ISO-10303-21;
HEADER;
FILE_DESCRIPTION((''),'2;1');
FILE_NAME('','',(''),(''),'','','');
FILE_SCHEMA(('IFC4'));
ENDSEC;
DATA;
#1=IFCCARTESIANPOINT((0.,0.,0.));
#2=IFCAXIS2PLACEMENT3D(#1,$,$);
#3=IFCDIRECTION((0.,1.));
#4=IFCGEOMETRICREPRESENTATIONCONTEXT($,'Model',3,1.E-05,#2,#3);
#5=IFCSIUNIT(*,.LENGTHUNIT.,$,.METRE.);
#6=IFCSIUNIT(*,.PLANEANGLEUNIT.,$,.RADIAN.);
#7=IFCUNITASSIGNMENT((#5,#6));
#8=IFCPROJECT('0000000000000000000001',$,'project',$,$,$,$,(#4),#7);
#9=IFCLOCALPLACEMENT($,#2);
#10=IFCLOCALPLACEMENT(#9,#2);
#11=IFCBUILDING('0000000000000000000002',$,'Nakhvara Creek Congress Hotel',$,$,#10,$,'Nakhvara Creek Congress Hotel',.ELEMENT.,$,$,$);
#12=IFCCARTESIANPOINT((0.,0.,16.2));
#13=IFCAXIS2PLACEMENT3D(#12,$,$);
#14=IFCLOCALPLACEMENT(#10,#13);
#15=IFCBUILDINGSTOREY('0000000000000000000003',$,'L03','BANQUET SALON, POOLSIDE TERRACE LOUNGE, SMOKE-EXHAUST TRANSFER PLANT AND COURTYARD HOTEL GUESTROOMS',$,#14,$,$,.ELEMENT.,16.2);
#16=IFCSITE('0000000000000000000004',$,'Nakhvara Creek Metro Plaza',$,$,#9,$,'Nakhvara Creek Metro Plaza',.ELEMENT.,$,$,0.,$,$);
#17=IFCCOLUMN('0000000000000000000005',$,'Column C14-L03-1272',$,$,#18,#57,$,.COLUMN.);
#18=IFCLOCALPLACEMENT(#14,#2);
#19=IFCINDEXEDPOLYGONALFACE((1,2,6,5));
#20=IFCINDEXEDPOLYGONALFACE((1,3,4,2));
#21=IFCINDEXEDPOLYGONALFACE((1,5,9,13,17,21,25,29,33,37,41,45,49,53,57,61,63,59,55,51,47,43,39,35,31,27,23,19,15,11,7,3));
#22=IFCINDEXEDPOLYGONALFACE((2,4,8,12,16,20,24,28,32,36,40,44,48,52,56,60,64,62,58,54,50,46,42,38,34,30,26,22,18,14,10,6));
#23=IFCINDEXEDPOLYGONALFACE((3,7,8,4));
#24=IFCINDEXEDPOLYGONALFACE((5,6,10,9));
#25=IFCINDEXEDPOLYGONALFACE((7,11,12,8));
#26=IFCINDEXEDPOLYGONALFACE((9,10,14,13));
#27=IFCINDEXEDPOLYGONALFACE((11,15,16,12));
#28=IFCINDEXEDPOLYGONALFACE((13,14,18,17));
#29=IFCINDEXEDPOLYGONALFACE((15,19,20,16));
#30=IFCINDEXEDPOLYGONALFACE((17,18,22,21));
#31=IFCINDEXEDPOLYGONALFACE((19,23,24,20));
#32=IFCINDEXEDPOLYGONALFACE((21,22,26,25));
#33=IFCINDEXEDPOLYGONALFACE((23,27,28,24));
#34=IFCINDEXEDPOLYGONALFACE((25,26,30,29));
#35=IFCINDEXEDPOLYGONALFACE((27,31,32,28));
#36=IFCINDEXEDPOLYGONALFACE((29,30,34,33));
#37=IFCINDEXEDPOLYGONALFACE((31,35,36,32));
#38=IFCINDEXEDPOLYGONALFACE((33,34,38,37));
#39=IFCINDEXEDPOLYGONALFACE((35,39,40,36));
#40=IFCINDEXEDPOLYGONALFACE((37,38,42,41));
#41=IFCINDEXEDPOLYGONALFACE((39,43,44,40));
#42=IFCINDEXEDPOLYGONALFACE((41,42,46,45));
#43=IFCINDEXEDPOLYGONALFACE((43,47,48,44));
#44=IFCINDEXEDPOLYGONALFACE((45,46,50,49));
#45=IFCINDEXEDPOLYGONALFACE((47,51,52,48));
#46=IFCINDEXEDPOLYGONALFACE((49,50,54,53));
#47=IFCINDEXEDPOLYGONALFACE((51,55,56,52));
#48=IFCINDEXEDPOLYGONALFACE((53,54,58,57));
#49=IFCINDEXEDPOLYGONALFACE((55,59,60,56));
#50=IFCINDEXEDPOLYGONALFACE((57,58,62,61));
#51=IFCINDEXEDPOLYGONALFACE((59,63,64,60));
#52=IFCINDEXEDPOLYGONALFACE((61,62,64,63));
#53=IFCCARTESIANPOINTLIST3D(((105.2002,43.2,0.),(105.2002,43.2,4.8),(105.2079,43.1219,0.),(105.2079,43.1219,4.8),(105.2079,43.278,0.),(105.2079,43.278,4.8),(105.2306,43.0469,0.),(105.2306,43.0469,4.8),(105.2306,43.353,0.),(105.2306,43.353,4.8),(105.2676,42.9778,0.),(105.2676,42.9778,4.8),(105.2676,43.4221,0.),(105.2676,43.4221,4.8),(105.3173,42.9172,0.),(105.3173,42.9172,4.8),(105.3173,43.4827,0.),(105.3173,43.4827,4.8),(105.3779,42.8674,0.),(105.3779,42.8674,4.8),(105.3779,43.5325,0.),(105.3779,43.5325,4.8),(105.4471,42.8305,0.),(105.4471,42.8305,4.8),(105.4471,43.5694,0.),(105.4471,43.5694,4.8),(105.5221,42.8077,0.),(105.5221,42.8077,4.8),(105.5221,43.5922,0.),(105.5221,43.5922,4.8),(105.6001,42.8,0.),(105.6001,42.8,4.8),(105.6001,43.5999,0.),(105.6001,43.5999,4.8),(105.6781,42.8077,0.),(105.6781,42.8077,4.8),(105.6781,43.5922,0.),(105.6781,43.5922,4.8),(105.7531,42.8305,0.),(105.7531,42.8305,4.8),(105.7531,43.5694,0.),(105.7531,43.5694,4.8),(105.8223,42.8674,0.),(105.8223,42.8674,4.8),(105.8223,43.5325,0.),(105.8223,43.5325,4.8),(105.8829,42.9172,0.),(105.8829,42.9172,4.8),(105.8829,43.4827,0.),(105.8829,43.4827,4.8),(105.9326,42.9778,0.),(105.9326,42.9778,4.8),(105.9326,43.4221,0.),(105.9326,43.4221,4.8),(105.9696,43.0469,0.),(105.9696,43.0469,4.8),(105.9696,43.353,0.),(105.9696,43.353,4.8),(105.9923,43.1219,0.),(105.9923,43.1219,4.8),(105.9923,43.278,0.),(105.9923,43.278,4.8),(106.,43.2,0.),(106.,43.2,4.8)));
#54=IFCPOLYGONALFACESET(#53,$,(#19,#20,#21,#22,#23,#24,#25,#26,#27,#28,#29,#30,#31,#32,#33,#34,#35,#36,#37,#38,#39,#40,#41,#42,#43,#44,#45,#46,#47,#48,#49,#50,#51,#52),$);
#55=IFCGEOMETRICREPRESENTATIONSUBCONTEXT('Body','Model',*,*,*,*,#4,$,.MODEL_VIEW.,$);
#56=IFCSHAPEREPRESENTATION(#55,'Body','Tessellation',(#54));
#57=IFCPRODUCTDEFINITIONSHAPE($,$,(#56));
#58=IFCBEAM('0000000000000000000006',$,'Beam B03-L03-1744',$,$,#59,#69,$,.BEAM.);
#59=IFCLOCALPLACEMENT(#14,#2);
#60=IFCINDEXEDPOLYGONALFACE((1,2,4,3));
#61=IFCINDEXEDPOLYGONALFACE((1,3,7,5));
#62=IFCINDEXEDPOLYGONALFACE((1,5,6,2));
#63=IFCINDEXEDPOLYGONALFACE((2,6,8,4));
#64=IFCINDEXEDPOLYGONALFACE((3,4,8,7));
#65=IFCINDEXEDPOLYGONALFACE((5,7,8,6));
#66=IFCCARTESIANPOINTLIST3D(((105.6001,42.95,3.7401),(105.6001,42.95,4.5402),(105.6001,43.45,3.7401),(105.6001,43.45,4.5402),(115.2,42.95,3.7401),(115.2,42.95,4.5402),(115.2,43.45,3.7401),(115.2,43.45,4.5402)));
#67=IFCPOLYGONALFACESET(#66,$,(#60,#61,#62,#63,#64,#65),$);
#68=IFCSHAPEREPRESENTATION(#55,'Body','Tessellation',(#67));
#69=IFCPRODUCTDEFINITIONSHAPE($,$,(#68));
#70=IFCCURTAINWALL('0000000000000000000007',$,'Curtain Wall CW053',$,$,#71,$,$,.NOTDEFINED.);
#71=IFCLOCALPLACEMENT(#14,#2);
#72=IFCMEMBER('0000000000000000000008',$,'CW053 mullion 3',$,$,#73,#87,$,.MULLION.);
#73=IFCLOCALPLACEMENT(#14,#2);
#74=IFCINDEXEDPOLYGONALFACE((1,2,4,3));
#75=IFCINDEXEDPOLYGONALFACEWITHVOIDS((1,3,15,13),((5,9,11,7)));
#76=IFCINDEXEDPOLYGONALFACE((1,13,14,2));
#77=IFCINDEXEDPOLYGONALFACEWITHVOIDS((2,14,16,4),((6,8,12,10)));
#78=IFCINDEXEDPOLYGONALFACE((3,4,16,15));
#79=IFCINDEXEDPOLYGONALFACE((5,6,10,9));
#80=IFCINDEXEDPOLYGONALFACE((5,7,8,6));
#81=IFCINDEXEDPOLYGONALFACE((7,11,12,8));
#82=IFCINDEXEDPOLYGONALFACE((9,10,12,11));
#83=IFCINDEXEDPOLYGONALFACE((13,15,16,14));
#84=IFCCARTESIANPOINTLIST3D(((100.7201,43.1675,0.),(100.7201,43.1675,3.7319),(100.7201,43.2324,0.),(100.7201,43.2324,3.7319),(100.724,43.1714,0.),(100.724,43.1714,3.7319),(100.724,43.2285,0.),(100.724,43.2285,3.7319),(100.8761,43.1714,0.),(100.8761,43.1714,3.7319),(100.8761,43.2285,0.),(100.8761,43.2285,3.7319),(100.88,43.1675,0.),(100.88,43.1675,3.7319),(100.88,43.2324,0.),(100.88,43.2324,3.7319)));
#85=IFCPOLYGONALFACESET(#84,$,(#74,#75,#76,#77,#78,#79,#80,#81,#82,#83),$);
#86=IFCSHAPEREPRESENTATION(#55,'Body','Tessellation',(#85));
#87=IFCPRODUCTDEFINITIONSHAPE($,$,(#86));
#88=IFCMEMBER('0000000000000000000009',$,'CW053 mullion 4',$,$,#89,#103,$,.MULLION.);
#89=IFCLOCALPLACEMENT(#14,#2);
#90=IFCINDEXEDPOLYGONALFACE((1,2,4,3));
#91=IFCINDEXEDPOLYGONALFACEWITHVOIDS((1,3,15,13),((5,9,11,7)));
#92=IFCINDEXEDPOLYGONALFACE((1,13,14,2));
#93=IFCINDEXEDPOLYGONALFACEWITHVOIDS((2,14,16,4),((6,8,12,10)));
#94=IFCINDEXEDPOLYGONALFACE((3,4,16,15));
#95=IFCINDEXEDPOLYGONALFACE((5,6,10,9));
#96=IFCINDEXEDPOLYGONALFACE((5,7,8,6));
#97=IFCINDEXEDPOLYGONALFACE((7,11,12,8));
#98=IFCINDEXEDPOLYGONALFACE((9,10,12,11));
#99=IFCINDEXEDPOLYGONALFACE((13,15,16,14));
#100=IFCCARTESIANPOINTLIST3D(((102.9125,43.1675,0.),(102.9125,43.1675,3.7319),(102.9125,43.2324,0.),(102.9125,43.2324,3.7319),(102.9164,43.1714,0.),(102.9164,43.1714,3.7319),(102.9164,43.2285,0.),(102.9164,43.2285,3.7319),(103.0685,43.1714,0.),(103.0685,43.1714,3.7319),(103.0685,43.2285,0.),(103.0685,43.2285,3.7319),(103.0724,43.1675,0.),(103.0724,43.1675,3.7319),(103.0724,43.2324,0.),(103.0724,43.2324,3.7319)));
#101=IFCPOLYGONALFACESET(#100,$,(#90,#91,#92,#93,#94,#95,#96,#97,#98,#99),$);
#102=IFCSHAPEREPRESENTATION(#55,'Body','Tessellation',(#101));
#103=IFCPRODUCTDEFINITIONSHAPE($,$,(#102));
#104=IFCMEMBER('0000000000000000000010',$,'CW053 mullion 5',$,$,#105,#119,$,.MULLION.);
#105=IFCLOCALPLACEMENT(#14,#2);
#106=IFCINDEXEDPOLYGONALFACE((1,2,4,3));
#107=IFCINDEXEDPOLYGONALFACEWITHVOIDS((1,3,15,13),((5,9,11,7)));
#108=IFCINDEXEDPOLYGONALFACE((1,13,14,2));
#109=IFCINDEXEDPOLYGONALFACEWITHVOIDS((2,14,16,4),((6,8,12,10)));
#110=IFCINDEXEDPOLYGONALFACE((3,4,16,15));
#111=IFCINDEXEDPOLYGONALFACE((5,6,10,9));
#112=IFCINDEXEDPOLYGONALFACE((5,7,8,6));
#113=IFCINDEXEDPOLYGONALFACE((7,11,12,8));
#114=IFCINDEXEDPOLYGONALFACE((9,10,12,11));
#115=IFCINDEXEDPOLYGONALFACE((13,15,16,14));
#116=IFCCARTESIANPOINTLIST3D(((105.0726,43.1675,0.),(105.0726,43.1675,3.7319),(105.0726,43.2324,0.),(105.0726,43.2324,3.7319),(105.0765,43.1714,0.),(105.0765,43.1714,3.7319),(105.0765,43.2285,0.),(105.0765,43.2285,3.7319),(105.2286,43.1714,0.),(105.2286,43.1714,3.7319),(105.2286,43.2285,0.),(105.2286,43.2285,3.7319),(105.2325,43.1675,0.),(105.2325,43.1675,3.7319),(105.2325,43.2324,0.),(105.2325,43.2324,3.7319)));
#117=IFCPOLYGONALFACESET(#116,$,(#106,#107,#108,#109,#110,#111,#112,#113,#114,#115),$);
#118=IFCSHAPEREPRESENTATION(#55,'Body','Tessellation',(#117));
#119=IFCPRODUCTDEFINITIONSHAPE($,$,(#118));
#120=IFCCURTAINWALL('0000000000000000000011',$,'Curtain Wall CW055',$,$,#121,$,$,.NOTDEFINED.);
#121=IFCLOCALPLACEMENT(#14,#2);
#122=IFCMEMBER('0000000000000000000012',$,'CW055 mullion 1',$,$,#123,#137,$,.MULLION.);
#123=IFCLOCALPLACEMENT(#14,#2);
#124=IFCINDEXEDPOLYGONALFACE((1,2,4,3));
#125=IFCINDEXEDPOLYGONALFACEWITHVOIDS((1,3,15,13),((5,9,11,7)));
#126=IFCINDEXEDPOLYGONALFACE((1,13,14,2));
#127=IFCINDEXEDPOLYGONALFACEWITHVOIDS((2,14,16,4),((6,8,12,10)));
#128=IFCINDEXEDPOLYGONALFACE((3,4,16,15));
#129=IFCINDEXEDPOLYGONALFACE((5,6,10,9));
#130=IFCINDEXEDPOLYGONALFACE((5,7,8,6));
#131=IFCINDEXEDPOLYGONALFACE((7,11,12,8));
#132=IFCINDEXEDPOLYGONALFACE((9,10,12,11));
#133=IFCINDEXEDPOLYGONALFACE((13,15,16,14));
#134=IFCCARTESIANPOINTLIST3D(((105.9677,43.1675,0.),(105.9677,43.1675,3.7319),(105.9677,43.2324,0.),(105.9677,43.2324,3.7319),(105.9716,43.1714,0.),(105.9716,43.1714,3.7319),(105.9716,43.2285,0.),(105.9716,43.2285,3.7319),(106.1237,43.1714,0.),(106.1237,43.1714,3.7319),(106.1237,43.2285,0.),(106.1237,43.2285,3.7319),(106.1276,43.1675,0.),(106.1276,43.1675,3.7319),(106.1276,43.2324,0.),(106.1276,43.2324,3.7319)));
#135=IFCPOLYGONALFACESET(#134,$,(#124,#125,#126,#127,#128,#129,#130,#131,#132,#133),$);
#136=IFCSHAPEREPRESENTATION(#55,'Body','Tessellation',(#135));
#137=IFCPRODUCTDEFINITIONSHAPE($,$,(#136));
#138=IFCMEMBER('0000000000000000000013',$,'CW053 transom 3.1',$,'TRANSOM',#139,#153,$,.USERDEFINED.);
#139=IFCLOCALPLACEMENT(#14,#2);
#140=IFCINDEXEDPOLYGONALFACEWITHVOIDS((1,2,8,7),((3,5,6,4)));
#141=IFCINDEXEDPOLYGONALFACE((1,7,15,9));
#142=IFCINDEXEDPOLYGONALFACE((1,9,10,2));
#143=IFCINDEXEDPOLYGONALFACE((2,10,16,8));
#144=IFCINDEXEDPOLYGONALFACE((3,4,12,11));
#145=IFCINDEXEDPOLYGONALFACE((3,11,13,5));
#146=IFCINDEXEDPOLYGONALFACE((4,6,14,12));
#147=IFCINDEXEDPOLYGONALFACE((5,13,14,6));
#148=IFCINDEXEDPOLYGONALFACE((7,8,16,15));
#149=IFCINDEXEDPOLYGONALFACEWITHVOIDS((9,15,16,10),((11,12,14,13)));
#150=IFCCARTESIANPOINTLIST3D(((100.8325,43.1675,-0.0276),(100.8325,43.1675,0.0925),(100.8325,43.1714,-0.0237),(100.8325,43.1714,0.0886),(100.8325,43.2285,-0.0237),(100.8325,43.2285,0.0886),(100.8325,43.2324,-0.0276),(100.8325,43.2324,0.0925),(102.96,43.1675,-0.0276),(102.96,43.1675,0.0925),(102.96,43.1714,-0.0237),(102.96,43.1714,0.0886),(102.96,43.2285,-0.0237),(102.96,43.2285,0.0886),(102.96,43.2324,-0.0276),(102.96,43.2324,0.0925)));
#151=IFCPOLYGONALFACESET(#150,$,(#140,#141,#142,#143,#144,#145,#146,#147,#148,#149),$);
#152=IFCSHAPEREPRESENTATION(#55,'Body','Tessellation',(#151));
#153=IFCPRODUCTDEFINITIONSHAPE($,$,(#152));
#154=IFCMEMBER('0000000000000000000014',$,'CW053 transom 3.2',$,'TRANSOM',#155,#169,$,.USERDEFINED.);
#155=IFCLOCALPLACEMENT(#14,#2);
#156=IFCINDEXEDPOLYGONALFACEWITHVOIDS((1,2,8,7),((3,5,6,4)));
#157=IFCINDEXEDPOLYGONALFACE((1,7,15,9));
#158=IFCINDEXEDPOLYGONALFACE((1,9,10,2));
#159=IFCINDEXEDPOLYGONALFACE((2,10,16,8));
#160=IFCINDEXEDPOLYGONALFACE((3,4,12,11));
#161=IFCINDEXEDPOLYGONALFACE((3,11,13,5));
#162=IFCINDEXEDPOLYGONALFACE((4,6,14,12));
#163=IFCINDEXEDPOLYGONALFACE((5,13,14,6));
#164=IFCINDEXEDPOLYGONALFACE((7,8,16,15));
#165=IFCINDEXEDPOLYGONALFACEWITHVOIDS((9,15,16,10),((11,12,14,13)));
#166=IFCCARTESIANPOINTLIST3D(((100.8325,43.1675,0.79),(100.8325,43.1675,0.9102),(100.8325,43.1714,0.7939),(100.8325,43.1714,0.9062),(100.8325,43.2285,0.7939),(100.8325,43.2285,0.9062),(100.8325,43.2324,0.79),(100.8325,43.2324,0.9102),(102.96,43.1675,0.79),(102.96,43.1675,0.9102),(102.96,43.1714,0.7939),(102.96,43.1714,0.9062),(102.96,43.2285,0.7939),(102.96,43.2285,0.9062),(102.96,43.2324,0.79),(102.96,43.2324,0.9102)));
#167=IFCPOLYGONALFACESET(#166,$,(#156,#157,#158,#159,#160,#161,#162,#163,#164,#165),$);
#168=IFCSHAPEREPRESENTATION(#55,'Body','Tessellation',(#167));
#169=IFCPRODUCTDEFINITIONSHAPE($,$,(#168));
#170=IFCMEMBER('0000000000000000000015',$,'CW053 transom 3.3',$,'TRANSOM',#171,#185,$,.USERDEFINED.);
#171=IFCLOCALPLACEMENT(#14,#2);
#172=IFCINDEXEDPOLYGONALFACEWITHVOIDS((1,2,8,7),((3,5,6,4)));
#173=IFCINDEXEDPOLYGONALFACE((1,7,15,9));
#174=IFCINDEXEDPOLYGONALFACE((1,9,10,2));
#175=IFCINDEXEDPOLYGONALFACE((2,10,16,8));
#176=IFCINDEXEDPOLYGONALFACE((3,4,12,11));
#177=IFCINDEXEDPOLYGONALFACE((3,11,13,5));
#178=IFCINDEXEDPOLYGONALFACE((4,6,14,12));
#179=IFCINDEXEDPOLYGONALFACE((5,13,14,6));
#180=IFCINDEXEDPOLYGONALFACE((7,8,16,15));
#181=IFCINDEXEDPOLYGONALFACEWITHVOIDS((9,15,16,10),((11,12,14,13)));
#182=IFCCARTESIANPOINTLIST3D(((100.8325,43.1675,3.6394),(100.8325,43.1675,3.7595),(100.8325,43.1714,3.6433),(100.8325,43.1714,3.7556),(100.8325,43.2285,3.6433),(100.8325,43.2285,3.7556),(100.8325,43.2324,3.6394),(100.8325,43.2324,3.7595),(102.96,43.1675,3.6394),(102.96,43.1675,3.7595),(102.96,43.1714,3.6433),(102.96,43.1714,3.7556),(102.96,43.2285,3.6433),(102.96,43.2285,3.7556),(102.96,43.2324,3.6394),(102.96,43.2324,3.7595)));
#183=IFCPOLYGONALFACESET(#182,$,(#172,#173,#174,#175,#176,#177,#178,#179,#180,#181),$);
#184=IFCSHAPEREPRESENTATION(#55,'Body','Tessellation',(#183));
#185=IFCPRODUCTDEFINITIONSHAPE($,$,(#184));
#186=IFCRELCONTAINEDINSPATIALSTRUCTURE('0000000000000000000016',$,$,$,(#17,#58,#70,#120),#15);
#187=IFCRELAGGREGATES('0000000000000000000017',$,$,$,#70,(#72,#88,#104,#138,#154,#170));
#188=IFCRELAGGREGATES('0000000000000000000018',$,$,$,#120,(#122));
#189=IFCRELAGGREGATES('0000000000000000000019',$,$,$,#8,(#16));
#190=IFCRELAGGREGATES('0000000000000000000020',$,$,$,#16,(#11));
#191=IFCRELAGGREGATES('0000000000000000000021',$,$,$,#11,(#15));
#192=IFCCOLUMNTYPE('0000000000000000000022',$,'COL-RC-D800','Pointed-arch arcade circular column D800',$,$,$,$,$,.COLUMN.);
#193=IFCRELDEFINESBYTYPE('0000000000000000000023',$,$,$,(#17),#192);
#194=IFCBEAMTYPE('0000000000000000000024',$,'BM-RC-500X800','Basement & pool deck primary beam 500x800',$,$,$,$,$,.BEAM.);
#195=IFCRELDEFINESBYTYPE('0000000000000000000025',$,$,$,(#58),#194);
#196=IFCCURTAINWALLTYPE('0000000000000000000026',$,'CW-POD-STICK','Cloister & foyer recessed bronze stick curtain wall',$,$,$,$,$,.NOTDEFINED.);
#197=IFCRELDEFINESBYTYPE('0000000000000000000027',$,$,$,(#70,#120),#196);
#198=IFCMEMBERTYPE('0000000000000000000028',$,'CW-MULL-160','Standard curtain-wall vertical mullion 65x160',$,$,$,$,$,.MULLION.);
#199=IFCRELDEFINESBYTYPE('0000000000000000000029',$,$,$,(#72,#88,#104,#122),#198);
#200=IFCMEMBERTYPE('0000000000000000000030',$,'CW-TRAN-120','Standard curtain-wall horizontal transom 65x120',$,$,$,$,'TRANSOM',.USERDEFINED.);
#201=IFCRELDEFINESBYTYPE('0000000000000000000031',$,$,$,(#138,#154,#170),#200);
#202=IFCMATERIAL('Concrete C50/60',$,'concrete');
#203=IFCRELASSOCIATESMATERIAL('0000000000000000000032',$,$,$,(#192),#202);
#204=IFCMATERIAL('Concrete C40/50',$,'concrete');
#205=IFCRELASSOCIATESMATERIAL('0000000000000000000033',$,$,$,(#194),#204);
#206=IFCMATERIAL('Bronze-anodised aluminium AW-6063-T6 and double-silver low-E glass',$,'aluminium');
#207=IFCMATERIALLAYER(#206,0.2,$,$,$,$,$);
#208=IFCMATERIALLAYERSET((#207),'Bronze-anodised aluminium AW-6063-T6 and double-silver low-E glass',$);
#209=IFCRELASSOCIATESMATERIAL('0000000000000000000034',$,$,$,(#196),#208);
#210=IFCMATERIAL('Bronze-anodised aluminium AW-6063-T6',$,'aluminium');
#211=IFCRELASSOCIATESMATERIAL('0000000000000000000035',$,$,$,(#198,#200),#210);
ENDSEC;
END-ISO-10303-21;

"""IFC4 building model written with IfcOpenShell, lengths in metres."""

from ifc_helpers import new_model, si_unit, direction, frame, origin, origin_2d, place, context, subcontext, project, spatial, rectangle, hollow_rectangle, circle, extrude, material, layer, layer_set, material_profile, profile_set, type_object, element, aggregate, save


model = new_model("IFC4")

# Units and contexts
model_context = context("Model", 3, precision=1e-05, world=origin(), true_north=direction((0.0, 1.0)))
body_context = subcontext(model_context, "Body", "Model", "MODEL_VIEW")
ifc_project = project(units=[si_unit("LENGTHUNIT", "METRE"), si_unit("PLANEANGLEUNIT", "RADIAN")], contexts=[model_context])

# Site, building, storey
site_placement = place(None, origin())
site = spatial("IfcSite", under=ifc_project, at=site_placement, Name="Nakhvara Creek Metro Plaza", LongName="Nakhvara Creek Metro Plaza", CompositionType="ELEMENT", RefElevation=0.0)
building_placement = place(site_placement, origin())
building = spatial("IfcBuilding", under=site, at=building_placement, Name="Nakhvara Creek Congress Hotel", LongName="Nakhvara Creek Congress Hotel", CompositionType="ELEMENT")
storey_placement = place(building_placement, frame((0.0, 0.0, 16.2)))
storey = spatial("IfcBuildingStorey", under=building, at=storey_placement, Name="L03", Description="BANQUET SALON, POOLSIDE TERRACE LOUNGE, SMOKE-EXHAUST TRANSFER PLANT AND COURTYARD HOTEL GUESTROOMS", CompositionType="ELEMENT", Elevation=16.2)

# Column
ifc_material_1 = material(Name="Concrete C50/60", Category="concrete")
ifc_material_profile_1 = material_profile(ifc_material_1, circle(Radius=0.3999, at=origin_2d()), Name="RC-COL D800", Category="LoadBearing")
ifc_profile_set_1 = profile_set([ifc_material_profile_1], Name="Concrete C50/60")
column_type = type_object("IfcColumnType", Name="COL-RC-D800", Description="Pointed-arch arcade circular column D800", PredefinedType="COLUMN", material=ifc_profile_set_1)
column_placement = place(storey_placement, frame((105.6001, 43.2, 0.0), z_axis=(0.0, 0.0, 1.0), x_axis=(1.0, 0.0, 0.0)))
element("IfcColumn", 1, at=column_placement, inside=storey, type_object=column_type, Name="Column C14-L03-1272", PredefinedType="COLUMN", context=body_context, shape_type="SweptSolid", body=[
    extrude(circle(Radius=0.3999, at=origin_2d()), origin(), (0.0, 0.0, 1.0), 4.8),
])

# Beam
ifc_material_2 = material(Name="Concrete C40/50", Category="concrete")
ifc_material_profile_2 = material_profile(ifc_material_2, rectangle(XDim=0.5, YDim=0.8, at=origin_2d()), Name="RC-BM 500x800", Category="LoadBearing")
ifc_profile_set_2 = profile_set([ifc_material_profile_2], Name="Concrete C40/50")
beam_type = type_object("IfcBeamType", Name="BM-RC-500X800", Description="Basement & pool deck primary beam 500x800", PredefinedType="BEAM", material=ifc_profile_set_2)
beam_placement = place(storey_placement, frame((105.6001, 43.2, 4.1401), z_axis=(1.0, 0.0, 0.0), x_axis=(0.0, 1.0, 0.0)))
element("IfcBeam", 2, at=beam_placement, inside=storey, type_object=beam_type, Name="Beam B03-L03-1744", PredefinedType="BEAM", context=body_context, shape_type="SweptSolid", body=[
    extrude(rectangle(XDim=0.5, YDim=0.8, at=origin_2d()), origin(), (0.0, 0.0, 1.0), 9.5999),
])

# Curtain wall, members
ifc_material_3 = material(Name="Bronze-anodised aluminium AW-6063-T6 and double-silver low-E glass", Category="aluminium")
ifc_layer = layer(ifc_material_3, 0.2)
ifc_layer_set = layer_set([ifc_layer], Name="Bronze-anodised aluminium AW-6063-T6 and double-silver low-E glass")
curtain_wall_type = type_object("IfcCurtainWallType", Name="CW-POD-STICK", Description="Cloister & foyer recessed bronze stick curtain wall", PredefinedType="NOTDEFINED", material=ifc_layer_set)
curtain_wall_1_placement = place(storey_placement, origin())
curtain_wall_1 = element("IfcCurtainWall", 3, at=curtain_wall_1_placement, inside=storey, type_object=curtain_wall_type, Name="Curtain Wall CW053", PredefinedType="NOTDEFINED")
ifc_material_4 = material(Name="Bronze-anodised aluminium AW-6063-T6", Category="aluminium")
ifc_material_profile_3 = material_profile(ifc_material_4, hollow_rectangle(XDim=0.0649, YDim=0.1599, WallThickness=0.0039, at=origin_2d()), Name="ALU-MULL 65x160x4", Category="LoadBearing")
ifc_profile_set_3 = profile_set([ifc_material_profile_3], Name="Bronze-anodised aluminium AW-6063-T6")
member_type_1 = type_object("IfcMemberType", Name="CW-MULL-160", Description="Standard curtain-wall vertical mullion 65x160", PredefinedType="MULLION", material=ifc_profile_set_3)
member_1_placement = place(storey_placement, frame((100.8, 43.2, 0.0), z_axis=(0.0, 0.0, 1.0), x_axis=(0.0, 1.0, 0.0)))
member_1 = element("IfcMember", 4, at=member_1_placement, type_object=member_type_1, Name="CW053 mullion 3", PredefinedType="MULLION", context=body_context, shape_type="SweptSolid", body=[
    extrude(hollow_rectangle(XDim=0.0649, YDim=0.1599, WallThickness=0.0039, at=origin_2d()), origin(), (0.0, 0.0, 1.0), 3.7319),
])
member_2_placement = place(storey_placement, frame((102.9924, 43.2, 0.0), z_axis=(0.0, 0.0, 1.0), x_axis=(0.0, 1.0, 0.0)))
member_2 = element("IfcMember", 5, at=member_2_placement, type_object=member_type_1, Name="CW053 mullion 4", PredefinedType="MULLION", context=body_context, shape_type="SweptSolid", body=[
    extrude(hollow_rectangle(XDim=0.0649, YDim=0.1599, WallThickness=0.0039, at=origin_2d()), origin(), (0.0, 0.0, 1.0), 3.7319),
])
member_3_placement = place(storey_placement, frame((105.1526, 43.2, 0.0), z_axis=(0.0, 0.0, 1.0), x_axis=(0.0, 1.0, 0.0)))
member_3 = element("IfcMember", 6, at=member_3_placement, type_object=member_type_1, Name="CW053 mullion 5", PredefinedType="MULLION", context=body_context, shape_type="SweptSolid", body=[
    extrude(hollow_rectangle(XDim=0.0649, YDim=0.1599, WallThickness=0.0039, at=origin_2d()), origin(), (0.0, 0.0, 1.0), 3.7319),
])

# Curtain wall, member
curtain_wall_2_placement = place(storey_placement, origin())
curtain_wall_2 = element("IfcCurtainWall", 7, at=curtain_wall_2_placement, inside=storey, type_object=curtain_wall_type, Name="Curtain Wall CW055", PredefinedType="NOTDEFINED")
member_4_placement = place(storey_placement, frame((106.0476, 43.2, 0.0), z_axis=(0.0, 0.0, 1.0), x_axis=(0.0, 1.0, 0.0)))
member_4 = element("IfcMember", 8, at=member_4_placement, type_object=member_type_1, Name="CW055 mullion 1", PredefinedType="MULLION", context=body_context, shape_type="SweptSolid", body=[
    extrude(hollow_rectangle(XDim=0.0649, YDim=0.1599, WallThickness=0.0039, at=origin_2d()), origin(), (0.0, 0.0, 1.0), 3.7319),
])

# Members
ifc_material_profile_4 = material_profile(ifc_material_4, hollow_rectangle(XDim=0.0649, YDim=0.1201, WallThickness=0.0039, at=origin_2d()), Name="ALU-TRAN 65x120x4", Category="LoadBearing")
ifc_profile_set_4 = profile_set([ifc_material_profile_4], Name="Bronze-anodised aluminium AW-6063-T6")
member_type_2 = type_object("IfcMemberType", Name="CW-TRAN-120", Description="Standard curtain-wall horizontal transom 65x120", ElementType="TRANSOM", PredefinedType="USERDEFINED", material=ifc_profile_set_4)
member_5_placement = place(storey_placement, frame((100.8325, 43.2, 0.0325), z_axis=(1.0, 0.0, 0.0), x_axis=(0.0, 1.0, 0.0)))
member_5 = element("IfcMember", 9, at=member_5_placement, type_object=member_type_2, Name="CW053 transom 3.1", ObjectType="TRANSOM", PredefinedType="USERDEFINED", context=body_context, shape_type="SweptSolid", body=[
    extrude(hollow_rectangle(XDim=0.0649, YDim=0.1201, WallThickness=0.0039, at=origin_2d()), origin(), (0.0, 0.0, 1.0), 2.1274),
])
member_6_placement = place(storey_placement, frame((100.8325, 43.2, 0.8501), z_axis=(1.0, 0.0, 0.0), x_axis=(0.0, 1.0, 0.0)))
member_6 = element("IfcMember", 10, at=member_6_placement, type_object=member_type_2, Name="CW053 transom 3.2", ObjectType="TRANSOM", PredefinedType="USERDEFINED", context=body_context, shape_type="SweptSolid", body=[
    extrude(hollow_rectangle(XDim=0.0649, YDim=0.1201, WallThickness=0.0039, at=origin_2d()), origin(), (0.0, 0.0, 1.0), 2.1274),
])
member_7_placement = place(storey_placement, frame((100.8325, 43.2, 3.6995), z_axis=(1.0, 0.0, 0.0), x_axis=(0.0, 1.0, 0.0)))
member_7 = element("IfcMember", 11, at=member_7_placement, type_object=member_type_2, Name="CW053 transom 3.3", ObjectType="TRANSOM", PredefinedType="USERDEFINED", context=body_context, shape_type="SweptSolid", body=[
    extrude(hollow_rectangle(XDim=0.0649, YDim=0.1201, WallThickness=0.0039, at=origin_2d()), origin(), (0.0, 0.0, 1.0), 2.1274),
])

aggregate(curtain_wall_1, [member_1, member_2, member_3, member_5, member_6, member_7])
aggregate(curtain_wall_2, [member_4])

save(model, "model.ifc")
